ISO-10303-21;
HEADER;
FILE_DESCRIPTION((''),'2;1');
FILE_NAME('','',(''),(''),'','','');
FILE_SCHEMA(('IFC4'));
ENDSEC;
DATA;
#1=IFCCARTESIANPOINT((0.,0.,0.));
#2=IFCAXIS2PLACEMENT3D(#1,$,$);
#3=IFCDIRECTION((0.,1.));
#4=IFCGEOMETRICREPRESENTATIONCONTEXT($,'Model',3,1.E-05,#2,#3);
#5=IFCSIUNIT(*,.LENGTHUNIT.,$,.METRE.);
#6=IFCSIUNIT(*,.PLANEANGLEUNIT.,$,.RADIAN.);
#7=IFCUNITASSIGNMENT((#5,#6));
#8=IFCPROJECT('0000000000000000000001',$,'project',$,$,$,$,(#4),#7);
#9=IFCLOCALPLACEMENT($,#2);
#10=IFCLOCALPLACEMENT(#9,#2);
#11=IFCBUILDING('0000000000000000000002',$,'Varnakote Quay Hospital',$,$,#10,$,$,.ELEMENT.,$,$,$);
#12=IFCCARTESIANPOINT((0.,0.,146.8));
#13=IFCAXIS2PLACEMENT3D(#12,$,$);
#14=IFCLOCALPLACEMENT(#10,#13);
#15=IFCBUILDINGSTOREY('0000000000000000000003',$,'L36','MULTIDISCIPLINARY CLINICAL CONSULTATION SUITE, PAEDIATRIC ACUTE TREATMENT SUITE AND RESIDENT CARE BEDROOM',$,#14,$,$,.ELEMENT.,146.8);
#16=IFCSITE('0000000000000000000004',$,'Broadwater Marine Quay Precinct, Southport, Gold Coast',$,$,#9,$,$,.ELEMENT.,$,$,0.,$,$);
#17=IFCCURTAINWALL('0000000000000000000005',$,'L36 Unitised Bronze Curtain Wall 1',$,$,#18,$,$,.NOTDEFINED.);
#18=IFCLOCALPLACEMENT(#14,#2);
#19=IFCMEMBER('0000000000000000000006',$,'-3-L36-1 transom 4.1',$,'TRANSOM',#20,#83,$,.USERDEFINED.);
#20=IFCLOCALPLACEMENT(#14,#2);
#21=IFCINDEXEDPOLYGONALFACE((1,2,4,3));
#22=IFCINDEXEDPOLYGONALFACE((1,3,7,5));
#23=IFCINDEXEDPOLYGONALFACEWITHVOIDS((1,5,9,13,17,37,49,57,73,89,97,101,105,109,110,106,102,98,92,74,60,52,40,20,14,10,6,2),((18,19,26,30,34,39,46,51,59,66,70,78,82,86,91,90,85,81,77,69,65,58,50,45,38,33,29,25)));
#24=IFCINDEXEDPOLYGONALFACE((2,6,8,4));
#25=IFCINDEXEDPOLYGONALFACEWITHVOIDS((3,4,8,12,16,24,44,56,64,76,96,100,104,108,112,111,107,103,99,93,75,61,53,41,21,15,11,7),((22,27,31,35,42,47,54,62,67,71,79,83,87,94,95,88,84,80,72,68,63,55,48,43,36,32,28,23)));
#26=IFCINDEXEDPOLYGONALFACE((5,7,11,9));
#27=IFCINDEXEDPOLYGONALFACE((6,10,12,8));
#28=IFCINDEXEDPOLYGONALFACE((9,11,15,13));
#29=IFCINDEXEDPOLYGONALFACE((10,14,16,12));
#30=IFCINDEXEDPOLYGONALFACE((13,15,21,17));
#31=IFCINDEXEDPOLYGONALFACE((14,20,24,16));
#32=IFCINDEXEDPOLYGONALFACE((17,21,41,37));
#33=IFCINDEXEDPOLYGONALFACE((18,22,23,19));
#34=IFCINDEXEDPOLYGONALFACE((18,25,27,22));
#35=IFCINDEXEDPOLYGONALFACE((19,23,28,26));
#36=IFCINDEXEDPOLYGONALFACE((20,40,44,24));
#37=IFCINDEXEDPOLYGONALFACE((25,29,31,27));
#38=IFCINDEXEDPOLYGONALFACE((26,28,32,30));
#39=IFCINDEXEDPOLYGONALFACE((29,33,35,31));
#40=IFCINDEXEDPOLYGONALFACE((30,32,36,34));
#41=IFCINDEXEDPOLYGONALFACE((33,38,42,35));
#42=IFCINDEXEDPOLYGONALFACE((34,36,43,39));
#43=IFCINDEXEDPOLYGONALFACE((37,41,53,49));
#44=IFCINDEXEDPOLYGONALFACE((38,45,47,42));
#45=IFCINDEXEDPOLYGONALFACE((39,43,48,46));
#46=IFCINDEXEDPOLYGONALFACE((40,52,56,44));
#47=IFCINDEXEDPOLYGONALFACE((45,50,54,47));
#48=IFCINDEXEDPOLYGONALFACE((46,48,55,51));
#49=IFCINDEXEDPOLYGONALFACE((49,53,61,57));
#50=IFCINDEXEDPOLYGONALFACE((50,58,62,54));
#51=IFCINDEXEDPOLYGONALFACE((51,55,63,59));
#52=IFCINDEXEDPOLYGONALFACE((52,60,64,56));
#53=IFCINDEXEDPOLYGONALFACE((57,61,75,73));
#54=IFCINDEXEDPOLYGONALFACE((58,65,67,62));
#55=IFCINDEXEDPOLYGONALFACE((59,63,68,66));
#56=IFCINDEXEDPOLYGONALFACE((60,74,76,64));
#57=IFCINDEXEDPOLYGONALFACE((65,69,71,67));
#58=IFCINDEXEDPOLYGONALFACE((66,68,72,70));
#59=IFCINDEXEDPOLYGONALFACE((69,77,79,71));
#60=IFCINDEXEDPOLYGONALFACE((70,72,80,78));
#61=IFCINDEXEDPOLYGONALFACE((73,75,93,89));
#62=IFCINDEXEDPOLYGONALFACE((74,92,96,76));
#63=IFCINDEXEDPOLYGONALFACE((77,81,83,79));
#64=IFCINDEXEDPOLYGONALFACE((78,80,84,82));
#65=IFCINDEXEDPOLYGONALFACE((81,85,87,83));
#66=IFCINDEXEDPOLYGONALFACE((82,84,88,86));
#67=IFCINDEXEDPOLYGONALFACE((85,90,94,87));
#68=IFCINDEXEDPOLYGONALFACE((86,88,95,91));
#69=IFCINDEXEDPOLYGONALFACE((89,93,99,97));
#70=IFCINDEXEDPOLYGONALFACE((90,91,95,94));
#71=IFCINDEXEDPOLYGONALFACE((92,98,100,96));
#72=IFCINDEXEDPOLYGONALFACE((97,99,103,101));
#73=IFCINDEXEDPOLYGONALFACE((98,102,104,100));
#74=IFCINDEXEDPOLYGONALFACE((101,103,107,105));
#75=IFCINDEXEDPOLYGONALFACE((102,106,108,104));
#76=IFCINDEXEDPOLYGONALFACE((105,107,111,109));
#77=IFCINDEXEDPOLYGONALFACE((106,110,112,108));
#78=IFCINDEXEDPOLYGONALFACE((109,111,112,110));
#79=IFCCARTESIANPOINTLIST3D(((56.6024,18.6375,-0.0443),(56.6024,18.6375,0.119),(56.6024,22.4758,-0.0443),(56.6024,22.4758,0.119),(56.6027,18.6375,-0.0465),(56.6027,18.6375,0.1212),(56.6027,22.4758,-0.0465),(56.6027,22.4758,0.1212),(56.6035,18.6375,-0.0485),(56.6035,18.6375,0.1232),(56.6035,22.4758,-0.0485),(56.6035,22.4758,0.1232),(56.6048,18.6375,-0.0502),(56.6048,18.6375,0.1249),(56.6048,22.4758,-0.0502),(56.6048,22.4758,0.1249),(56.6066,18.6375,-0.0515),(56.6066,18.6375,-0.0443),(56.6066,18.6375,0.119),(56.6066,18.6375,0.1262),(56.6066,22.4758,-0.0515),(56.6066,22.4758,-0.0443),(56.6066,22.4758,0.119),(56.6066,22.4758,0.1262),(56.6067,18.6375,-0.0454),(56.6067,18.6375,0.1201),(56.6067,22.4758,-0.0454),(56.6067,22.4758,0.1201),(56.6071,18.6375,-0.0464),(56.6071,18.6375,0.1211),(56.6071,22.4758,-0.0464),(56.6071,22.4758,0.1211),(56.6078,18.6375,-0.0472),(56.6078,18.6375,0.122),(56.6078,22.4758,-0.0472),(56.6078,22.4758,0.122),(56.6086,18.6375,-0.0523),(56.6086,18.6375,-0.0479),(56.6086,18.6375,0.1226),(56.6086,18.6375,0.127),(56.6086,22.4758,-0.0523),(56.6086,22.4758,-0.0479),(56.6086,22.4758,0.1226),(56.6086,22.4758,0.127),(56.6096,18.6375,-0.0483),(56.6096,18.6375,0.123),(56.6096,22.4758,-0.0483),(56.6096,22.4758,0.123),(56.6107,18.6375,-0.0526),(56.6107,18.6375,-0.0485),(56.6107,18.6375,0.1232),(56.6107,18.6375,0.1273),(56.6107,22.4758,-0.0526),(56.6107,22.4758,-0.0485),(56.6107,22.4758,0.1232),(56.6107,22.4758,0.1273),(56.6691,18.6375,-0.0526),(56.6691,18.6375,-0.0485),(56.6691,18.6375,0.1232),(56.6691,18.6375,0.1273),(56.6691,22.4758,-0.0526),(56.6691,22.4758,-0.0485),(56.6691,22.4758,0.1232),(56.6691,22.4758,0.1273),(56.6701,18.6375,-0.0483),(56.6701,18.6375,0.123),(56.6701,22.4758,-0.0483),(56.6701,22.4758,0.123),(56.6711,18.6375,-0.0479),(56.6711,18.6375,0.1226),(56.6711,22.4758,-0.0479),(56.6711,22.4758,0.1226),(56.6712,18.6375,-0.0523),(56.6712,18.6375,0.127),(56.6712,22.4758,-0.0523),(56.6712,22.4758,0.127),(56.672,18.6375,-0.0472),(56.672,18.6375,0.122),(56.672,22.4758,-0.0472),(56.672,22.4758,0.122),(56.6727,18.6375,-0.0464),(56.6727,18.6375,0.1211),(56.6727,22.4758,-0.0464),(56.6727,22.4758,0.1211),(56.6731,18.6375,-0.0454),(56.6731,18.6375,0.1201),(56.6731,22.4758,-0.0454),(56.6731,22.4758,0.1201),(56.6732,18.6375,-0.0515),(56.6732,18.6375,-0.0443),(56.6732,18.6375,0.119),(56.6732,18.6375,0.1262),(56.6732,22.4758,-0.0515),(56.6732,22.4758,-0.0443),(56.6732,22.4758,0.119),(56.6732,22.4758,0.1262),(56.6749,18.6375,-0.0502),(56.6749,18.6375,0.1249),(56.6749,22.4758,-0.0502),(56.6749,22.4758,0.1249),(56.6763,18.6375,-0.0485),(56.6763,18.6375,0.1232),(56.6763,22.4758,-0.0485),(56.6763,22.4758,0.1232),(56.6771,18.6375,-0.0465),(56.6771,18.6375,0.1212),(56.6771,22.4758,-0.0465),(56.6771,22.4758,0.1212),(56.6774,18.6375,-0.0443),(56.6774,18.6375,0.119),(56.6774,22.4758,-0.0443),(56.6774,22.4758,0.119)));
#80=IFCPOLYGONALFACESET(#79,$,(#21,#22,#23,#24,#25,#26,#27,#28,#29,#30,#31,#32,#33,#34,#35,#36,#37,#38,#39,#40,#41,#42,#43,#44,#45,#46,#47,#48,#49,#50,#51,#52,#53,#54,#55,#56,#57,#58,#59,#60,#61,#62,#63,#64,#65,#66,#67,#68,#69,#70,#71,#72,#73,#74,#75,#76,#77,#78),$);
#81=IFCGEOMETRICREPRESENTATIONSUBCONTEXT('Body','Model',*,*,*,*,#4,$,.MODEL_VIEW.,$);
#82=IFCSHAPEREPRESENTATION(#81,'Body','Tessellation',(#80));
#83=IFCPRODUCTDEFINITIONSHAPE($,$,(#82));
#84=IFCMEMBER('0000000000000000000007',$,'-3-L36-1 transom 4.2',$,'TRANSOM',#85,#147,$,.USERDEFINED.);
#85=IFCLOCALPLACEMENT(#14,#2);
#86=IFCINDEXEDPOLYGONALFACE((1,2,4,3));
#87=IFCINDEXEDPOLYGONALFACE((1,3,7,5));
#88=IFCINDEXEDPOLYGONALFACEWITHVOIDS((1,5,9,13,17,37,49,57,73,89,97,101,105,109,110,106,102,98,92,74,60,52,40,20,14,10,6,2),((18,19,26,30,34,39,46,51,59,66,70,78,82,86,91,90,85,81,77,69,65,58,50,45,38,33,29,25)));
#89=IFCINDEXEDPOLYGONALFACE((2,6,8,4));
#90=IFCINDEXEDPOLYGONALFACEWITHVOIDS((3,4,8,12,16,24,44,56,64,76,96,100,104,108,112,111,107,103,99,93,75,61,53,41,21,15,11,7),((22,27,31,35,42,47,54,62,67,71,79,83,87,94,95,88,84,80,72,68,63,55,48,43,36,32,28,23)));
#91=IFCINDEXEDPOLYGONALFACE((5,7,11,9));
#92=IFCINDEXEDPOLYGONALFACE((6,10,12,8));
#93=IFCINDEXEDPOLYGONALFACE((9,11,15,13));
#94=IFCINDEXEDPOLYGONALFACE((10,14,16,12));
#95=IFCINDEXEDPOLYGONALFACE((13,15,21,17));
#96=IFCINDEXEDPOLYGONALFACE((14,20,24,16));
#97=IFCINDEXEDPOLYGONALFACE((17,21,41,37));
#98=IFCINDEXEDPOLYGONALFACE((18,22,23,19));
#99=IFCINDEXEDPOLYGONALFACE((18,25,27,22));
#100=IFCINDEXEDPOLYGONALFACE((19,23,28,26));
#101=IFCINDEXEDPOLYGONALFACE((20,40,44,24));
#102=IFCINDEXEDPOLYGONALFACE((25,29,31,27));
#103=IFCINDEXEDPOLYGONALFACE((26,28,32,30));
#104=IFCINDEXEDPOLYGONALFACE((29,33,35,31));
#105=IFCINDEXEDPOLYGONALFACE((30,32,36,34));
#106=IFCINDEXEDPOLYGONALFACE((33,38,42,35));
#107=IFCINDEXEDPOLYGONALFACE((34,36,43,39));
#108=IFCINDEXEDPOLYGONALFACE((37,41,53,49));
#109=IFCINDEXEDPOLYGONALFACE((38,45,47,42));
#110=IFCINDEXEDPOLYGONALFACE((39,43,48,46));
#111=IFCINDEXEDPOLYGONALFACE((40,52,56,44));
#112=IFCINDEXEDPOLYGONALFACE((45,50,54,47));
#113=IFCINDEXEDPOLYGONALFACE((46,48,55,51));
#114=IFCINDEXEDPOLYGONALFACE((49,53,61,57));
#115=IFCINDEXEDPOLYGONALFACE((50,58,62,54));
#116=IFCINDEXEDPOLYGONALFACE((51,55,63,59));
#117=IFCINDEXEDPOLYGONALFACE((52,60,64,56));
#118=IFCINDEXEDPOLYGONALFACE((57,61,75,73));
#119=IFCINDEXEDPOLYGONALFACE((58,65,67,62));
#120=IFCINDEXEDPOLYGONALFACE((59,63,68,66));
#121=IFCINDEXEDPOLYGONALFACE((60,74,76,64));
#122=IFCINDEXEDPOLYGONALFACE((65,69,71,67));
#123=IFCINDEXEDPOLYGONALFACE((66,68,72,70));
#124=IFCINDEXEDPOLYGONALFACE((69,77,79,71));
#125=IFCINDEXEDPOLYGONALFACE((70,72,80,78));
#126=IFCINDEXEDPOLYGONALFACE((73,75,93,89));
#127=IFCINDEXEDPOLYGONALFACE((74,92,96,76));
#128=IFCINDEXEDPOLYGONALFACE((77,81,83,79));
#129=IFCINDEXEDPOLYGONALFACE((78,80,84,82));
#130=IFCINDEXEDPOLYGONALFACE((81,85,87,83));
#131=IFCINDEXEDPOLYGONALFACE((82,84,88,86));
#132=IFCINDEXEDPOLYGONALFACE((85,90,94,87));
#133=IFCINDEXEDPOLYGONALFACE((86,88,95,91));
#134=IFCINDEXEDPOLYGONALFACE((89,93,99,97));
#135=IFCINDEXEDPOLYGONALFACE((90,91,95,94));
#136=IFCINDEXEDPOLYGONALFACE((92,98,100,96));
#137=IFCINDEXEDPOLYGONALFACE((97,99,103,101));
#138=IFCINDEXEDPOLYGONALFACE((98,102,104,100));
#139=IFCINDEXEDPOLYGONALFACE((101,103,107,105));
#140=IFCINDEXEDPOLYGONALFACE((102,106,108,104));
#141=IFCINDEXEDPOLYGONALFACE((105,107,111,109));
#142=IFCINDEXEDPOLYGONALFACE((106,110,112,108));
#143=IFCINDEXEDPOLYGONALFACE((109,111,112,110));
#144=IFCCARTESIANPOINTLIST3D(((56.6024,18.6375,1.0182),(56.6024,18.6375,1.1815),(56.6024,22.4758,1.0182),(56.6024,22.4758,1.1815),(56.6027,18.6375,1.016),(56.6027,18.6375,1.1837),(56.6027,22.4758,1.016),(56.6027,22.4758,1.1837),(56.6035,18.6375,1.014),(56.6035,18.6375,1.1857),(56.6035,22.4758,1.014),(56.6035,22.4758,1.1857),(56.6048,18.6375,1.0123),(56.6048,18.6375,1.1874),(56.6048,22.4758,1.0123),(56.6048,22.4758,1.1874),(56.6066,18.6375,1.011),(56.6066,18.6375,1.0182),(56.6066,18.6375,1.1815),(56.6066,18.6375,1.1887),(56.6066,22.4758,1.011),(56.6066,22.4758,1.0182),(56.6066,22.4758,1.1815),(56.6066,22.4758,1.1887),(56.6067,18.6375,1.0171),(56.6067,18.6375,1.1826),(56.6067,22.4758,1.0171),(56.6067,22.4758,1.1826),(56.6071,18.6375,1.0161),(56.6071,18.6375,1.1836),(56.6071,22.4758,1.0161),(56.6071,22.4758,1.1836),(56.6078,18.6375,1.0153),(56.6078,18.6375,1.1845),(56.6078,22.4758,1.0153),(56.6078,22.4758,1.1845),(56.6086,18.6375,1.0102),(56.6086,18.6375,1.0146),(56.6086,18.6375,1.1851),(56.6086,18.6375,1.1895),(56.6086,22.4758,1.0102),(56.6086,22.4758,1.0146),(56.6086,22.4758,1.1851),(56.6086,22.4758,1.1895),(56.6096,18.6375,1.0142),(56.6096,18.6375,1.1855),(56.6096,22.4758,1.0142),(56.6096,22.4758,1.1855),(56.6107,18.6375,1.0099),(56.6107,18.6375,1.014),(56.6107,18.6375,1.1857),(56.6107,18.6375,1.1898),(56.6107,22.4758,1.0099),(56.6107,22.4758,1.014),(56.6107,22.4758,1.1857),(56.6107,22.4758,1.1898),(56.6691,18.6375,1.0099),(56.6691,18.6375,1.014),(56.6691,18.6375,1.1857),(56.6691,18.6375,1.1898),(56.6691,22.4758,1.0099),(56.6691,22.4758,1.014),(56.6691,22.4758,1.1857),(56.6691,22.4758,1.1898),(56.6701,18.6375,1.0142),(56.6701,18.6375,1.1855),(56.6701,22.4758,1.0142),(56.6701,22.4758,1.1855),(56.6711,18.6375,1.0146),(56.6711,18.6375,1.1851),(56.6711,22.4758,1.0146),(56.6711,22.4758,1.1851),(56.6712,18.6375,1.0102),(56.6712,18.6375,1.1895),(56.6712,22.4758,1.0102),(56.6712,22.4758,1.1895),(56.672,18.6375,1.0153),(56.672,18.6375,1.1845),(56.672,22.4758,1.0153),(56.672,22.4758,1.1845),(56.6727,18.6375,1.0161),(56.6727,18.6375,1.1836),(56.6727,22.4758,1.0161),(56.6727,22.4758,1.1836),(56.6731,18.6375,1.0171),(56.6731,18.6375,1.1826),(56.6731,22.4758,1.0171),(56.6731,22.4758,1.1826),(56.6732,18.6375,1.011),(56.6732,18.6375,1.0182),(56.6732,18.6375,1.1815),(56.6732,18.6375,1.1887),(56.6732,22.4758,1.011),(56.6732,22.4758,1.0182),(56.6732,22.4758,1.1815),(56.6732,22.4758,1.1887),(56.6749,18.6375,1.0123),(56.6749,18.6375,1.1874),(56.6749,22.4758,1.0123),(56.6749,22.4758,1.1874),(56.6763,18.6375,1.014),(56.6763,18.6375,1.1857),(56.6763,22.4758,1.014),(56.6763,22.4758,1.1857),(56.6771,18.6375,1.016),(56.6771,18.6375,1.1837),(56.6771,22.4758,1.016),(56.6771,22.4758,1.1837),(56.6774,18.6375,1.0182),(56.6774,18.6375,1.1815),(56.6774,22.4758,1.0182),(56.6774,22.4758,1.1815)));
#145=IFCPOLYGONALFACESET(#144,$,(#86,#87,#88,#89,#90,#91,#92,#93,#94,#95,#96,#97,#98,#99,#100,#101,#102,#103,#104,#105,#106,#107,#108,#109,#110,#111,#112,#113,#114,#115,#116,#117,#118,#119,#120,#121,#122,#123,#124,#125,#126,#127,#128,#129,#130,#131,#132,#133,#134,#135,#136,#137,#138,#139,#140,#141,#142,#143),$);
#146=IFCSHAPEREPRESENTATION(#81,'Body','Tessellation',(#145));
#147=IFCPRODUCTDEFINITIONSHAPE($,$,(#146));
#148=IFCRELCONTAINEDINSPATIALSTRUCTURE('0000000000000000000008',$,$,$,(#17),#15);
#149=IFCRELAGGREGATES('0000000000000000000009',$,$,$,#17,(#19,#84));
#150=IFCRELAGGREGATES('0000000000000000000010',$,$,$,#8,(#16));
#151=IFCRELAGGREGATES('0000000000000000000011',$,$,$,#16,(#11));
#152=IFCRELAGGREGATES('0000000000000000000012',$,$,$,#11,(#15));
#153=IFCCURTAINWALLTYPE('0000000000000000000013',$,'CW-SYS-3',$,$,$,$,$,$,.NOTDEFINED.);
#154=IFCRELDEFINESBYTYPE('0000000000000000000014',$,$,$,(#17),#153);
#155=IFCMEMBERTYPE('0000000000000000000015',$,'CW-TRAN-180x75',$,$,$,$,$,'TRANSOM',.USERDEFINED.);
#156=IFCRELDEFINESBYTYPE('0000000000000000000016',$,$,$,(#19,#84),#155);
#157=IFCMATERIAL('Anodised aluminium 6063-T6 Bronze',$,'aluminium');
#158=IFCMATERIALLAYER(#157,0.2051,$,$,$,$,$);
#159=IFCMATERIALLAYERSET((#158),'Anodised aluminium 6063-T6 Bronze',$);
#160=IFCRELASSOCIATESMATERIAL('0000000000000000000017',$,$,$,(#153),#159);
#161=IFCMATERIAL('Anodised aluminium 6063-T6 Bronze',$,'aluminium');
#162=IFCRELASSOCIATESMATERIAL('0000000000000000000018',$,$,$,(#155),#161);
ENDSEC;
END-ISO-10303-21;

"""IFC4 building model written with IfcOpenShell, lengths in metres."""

from ifc_helpers import new_model, si_unit, direction, frame, origin, origin_2d, place, context, subcontext, project, spatial, hollow_rectangle, extrude, material, layer, layer_set, material_profile, profile_set, type_object, element, aggregate, save


model = new_model("IFC4")

# Units and contexts
model_context = context("Model", 3, precision=1e-05, world=origin(), true_north=direction((0.0, 1.0)))
body_context = subcontext(model_context, "Body", "Model", "MODEL_VIEW")
ifc_project = project(units=[si_unit("LENGTHUNIT", "METRE"), si_unit("PLANEANGLEUNIT", "RADIAN")], contexts=[model_context])

# Site, building, storey
site_placement = place(None, origin())
site = spatial("IfcSite", under=ifc_project, at=site_placement, Name="Broadwater Marine Quay Precinct, Southport, Gold Coast", CompositionType="ELEMENT", RefElevation=0.0)
building_placement = place(site_placement, origin())
building = spatial("IfcBuilding", under=site, at=building_placement, Name="Varnakote Quay Hospital", CompositionType="ELEMENT")
storey_placement = place(building_placement, frame((0.0, 0.0, 146.8)))
storey = spatial("IfcBuildingStorey", under=building, at=storey_placement, Name="L36", Description="MULTIDISCIPLINARY CLINICAL CONSULTATION SUITE, PAEDIATRIC ACUTE TREATMENT SUITE AND RESIDENT CARE BEDROOM", CompositionType="ELEMENT", Elevation=146.8)

# Curtain wall, members
ifc_material_1 = material(Name="Anodised aluminium 6063-T6 Bronze", Category="aluminium")
ifc_layer_1 = layer(ifc_material_1, 0.2051)
ifc_layer_set_1 = layer_set([ifc_layer_1], Name="Anodised aluminium 6063-T6 Bronze")
curtain_wall_type = type_object("IfcCurtainWallType", Name="CW-SYS-3", PredefinedType="NOTDEFINED", material=ifc_layer_set_1)
curtain_wall_placement = place(storey_placement, origin())
curtain_wall = element("IfcCurtainWall", 1, at=curtain_wall_placement, inside=storey, type_object=curtain_wall_type, Name="L36 Unitised Bronze Curtain Wall 1", PredefinedType="NOTDEFINED")
ifc_material_2 = material(Name="Anodised aluminium 6063-T6 Bronze", Category="aluminium")
ifc_material_profile_1 = material_profile(ifc_material_2, hollow_rectangle(XDim=0.075, YDim=0.1799, WallThickness=0.0042, InnerFilletRadius=0.0042, OuterFilletRadius=0.0083, at=origin_2d()), Name="CW-TRAN-180x75")
ifc_profile_set_1 = profile_set([ifc_material_profile_1], Name="Anodised aluminium 6063-T6 Bronze")
member_type_1 = type_object("IfcMemberType", Name="CW-TRAN-180x75", ElementType="TRANSOM", PredefinedType="USERDEFINED", material=ifc_profile_set_1)
member_1_placement = place(storey_placement, frame((56.6399, 18.6375, 0.0374), z_axis=(0.0, 1.0, 0.0), x_axis=(-1.0, 0.0, 0.0)))
member_1 = element("IfcMember", 2, at=member_1_placement, type_object=member_type_1, Name="-3-L36-1 transom 4.1", ObjectType="TRANSOM", PredefinedType="USERDEFINED", context=body_context, shape_type="SweptSolid", body=[
    extrude(hollow_rectangle(XDim=0.075, YDim=0.1799, WallThickness=0.0042, InnerFilletRadius=0.0042, OuterFilletRadius=0.0083, at=origin_2d()), origin(), (0.0, 0.0, 1.0), 3.8384),
])
member_2_placement = place(storey_placement, frame((56.6399, 18.6375, 1.0999), z_axis=(0.0, 1.0, 0.0), x_axis=(-1.0, 0.0, 0.0)))
member_2 = element("IfcMember", 3, at=member_2_placement, type_object=member_type_1, Name="-3-L36-1 transom 4.2", ObjectType="TRANSOM", PredefinedType="USERDEFINED", context=body_context, shape_type="SweptSolid", body=[
    extrude(hollow_rectangle(XDim=0.075, YDim=0.1799, WallThickness=0.0042, InnerFilletRadius=0.0042, OuterFilletRadius=0.0083, at=origin_2d()), origin(), (0.0, 0.0, 1.0), 3.8384),
])
aggregate(curtain_wall, [member_1, member_2])

save(model, "model.ifc")
